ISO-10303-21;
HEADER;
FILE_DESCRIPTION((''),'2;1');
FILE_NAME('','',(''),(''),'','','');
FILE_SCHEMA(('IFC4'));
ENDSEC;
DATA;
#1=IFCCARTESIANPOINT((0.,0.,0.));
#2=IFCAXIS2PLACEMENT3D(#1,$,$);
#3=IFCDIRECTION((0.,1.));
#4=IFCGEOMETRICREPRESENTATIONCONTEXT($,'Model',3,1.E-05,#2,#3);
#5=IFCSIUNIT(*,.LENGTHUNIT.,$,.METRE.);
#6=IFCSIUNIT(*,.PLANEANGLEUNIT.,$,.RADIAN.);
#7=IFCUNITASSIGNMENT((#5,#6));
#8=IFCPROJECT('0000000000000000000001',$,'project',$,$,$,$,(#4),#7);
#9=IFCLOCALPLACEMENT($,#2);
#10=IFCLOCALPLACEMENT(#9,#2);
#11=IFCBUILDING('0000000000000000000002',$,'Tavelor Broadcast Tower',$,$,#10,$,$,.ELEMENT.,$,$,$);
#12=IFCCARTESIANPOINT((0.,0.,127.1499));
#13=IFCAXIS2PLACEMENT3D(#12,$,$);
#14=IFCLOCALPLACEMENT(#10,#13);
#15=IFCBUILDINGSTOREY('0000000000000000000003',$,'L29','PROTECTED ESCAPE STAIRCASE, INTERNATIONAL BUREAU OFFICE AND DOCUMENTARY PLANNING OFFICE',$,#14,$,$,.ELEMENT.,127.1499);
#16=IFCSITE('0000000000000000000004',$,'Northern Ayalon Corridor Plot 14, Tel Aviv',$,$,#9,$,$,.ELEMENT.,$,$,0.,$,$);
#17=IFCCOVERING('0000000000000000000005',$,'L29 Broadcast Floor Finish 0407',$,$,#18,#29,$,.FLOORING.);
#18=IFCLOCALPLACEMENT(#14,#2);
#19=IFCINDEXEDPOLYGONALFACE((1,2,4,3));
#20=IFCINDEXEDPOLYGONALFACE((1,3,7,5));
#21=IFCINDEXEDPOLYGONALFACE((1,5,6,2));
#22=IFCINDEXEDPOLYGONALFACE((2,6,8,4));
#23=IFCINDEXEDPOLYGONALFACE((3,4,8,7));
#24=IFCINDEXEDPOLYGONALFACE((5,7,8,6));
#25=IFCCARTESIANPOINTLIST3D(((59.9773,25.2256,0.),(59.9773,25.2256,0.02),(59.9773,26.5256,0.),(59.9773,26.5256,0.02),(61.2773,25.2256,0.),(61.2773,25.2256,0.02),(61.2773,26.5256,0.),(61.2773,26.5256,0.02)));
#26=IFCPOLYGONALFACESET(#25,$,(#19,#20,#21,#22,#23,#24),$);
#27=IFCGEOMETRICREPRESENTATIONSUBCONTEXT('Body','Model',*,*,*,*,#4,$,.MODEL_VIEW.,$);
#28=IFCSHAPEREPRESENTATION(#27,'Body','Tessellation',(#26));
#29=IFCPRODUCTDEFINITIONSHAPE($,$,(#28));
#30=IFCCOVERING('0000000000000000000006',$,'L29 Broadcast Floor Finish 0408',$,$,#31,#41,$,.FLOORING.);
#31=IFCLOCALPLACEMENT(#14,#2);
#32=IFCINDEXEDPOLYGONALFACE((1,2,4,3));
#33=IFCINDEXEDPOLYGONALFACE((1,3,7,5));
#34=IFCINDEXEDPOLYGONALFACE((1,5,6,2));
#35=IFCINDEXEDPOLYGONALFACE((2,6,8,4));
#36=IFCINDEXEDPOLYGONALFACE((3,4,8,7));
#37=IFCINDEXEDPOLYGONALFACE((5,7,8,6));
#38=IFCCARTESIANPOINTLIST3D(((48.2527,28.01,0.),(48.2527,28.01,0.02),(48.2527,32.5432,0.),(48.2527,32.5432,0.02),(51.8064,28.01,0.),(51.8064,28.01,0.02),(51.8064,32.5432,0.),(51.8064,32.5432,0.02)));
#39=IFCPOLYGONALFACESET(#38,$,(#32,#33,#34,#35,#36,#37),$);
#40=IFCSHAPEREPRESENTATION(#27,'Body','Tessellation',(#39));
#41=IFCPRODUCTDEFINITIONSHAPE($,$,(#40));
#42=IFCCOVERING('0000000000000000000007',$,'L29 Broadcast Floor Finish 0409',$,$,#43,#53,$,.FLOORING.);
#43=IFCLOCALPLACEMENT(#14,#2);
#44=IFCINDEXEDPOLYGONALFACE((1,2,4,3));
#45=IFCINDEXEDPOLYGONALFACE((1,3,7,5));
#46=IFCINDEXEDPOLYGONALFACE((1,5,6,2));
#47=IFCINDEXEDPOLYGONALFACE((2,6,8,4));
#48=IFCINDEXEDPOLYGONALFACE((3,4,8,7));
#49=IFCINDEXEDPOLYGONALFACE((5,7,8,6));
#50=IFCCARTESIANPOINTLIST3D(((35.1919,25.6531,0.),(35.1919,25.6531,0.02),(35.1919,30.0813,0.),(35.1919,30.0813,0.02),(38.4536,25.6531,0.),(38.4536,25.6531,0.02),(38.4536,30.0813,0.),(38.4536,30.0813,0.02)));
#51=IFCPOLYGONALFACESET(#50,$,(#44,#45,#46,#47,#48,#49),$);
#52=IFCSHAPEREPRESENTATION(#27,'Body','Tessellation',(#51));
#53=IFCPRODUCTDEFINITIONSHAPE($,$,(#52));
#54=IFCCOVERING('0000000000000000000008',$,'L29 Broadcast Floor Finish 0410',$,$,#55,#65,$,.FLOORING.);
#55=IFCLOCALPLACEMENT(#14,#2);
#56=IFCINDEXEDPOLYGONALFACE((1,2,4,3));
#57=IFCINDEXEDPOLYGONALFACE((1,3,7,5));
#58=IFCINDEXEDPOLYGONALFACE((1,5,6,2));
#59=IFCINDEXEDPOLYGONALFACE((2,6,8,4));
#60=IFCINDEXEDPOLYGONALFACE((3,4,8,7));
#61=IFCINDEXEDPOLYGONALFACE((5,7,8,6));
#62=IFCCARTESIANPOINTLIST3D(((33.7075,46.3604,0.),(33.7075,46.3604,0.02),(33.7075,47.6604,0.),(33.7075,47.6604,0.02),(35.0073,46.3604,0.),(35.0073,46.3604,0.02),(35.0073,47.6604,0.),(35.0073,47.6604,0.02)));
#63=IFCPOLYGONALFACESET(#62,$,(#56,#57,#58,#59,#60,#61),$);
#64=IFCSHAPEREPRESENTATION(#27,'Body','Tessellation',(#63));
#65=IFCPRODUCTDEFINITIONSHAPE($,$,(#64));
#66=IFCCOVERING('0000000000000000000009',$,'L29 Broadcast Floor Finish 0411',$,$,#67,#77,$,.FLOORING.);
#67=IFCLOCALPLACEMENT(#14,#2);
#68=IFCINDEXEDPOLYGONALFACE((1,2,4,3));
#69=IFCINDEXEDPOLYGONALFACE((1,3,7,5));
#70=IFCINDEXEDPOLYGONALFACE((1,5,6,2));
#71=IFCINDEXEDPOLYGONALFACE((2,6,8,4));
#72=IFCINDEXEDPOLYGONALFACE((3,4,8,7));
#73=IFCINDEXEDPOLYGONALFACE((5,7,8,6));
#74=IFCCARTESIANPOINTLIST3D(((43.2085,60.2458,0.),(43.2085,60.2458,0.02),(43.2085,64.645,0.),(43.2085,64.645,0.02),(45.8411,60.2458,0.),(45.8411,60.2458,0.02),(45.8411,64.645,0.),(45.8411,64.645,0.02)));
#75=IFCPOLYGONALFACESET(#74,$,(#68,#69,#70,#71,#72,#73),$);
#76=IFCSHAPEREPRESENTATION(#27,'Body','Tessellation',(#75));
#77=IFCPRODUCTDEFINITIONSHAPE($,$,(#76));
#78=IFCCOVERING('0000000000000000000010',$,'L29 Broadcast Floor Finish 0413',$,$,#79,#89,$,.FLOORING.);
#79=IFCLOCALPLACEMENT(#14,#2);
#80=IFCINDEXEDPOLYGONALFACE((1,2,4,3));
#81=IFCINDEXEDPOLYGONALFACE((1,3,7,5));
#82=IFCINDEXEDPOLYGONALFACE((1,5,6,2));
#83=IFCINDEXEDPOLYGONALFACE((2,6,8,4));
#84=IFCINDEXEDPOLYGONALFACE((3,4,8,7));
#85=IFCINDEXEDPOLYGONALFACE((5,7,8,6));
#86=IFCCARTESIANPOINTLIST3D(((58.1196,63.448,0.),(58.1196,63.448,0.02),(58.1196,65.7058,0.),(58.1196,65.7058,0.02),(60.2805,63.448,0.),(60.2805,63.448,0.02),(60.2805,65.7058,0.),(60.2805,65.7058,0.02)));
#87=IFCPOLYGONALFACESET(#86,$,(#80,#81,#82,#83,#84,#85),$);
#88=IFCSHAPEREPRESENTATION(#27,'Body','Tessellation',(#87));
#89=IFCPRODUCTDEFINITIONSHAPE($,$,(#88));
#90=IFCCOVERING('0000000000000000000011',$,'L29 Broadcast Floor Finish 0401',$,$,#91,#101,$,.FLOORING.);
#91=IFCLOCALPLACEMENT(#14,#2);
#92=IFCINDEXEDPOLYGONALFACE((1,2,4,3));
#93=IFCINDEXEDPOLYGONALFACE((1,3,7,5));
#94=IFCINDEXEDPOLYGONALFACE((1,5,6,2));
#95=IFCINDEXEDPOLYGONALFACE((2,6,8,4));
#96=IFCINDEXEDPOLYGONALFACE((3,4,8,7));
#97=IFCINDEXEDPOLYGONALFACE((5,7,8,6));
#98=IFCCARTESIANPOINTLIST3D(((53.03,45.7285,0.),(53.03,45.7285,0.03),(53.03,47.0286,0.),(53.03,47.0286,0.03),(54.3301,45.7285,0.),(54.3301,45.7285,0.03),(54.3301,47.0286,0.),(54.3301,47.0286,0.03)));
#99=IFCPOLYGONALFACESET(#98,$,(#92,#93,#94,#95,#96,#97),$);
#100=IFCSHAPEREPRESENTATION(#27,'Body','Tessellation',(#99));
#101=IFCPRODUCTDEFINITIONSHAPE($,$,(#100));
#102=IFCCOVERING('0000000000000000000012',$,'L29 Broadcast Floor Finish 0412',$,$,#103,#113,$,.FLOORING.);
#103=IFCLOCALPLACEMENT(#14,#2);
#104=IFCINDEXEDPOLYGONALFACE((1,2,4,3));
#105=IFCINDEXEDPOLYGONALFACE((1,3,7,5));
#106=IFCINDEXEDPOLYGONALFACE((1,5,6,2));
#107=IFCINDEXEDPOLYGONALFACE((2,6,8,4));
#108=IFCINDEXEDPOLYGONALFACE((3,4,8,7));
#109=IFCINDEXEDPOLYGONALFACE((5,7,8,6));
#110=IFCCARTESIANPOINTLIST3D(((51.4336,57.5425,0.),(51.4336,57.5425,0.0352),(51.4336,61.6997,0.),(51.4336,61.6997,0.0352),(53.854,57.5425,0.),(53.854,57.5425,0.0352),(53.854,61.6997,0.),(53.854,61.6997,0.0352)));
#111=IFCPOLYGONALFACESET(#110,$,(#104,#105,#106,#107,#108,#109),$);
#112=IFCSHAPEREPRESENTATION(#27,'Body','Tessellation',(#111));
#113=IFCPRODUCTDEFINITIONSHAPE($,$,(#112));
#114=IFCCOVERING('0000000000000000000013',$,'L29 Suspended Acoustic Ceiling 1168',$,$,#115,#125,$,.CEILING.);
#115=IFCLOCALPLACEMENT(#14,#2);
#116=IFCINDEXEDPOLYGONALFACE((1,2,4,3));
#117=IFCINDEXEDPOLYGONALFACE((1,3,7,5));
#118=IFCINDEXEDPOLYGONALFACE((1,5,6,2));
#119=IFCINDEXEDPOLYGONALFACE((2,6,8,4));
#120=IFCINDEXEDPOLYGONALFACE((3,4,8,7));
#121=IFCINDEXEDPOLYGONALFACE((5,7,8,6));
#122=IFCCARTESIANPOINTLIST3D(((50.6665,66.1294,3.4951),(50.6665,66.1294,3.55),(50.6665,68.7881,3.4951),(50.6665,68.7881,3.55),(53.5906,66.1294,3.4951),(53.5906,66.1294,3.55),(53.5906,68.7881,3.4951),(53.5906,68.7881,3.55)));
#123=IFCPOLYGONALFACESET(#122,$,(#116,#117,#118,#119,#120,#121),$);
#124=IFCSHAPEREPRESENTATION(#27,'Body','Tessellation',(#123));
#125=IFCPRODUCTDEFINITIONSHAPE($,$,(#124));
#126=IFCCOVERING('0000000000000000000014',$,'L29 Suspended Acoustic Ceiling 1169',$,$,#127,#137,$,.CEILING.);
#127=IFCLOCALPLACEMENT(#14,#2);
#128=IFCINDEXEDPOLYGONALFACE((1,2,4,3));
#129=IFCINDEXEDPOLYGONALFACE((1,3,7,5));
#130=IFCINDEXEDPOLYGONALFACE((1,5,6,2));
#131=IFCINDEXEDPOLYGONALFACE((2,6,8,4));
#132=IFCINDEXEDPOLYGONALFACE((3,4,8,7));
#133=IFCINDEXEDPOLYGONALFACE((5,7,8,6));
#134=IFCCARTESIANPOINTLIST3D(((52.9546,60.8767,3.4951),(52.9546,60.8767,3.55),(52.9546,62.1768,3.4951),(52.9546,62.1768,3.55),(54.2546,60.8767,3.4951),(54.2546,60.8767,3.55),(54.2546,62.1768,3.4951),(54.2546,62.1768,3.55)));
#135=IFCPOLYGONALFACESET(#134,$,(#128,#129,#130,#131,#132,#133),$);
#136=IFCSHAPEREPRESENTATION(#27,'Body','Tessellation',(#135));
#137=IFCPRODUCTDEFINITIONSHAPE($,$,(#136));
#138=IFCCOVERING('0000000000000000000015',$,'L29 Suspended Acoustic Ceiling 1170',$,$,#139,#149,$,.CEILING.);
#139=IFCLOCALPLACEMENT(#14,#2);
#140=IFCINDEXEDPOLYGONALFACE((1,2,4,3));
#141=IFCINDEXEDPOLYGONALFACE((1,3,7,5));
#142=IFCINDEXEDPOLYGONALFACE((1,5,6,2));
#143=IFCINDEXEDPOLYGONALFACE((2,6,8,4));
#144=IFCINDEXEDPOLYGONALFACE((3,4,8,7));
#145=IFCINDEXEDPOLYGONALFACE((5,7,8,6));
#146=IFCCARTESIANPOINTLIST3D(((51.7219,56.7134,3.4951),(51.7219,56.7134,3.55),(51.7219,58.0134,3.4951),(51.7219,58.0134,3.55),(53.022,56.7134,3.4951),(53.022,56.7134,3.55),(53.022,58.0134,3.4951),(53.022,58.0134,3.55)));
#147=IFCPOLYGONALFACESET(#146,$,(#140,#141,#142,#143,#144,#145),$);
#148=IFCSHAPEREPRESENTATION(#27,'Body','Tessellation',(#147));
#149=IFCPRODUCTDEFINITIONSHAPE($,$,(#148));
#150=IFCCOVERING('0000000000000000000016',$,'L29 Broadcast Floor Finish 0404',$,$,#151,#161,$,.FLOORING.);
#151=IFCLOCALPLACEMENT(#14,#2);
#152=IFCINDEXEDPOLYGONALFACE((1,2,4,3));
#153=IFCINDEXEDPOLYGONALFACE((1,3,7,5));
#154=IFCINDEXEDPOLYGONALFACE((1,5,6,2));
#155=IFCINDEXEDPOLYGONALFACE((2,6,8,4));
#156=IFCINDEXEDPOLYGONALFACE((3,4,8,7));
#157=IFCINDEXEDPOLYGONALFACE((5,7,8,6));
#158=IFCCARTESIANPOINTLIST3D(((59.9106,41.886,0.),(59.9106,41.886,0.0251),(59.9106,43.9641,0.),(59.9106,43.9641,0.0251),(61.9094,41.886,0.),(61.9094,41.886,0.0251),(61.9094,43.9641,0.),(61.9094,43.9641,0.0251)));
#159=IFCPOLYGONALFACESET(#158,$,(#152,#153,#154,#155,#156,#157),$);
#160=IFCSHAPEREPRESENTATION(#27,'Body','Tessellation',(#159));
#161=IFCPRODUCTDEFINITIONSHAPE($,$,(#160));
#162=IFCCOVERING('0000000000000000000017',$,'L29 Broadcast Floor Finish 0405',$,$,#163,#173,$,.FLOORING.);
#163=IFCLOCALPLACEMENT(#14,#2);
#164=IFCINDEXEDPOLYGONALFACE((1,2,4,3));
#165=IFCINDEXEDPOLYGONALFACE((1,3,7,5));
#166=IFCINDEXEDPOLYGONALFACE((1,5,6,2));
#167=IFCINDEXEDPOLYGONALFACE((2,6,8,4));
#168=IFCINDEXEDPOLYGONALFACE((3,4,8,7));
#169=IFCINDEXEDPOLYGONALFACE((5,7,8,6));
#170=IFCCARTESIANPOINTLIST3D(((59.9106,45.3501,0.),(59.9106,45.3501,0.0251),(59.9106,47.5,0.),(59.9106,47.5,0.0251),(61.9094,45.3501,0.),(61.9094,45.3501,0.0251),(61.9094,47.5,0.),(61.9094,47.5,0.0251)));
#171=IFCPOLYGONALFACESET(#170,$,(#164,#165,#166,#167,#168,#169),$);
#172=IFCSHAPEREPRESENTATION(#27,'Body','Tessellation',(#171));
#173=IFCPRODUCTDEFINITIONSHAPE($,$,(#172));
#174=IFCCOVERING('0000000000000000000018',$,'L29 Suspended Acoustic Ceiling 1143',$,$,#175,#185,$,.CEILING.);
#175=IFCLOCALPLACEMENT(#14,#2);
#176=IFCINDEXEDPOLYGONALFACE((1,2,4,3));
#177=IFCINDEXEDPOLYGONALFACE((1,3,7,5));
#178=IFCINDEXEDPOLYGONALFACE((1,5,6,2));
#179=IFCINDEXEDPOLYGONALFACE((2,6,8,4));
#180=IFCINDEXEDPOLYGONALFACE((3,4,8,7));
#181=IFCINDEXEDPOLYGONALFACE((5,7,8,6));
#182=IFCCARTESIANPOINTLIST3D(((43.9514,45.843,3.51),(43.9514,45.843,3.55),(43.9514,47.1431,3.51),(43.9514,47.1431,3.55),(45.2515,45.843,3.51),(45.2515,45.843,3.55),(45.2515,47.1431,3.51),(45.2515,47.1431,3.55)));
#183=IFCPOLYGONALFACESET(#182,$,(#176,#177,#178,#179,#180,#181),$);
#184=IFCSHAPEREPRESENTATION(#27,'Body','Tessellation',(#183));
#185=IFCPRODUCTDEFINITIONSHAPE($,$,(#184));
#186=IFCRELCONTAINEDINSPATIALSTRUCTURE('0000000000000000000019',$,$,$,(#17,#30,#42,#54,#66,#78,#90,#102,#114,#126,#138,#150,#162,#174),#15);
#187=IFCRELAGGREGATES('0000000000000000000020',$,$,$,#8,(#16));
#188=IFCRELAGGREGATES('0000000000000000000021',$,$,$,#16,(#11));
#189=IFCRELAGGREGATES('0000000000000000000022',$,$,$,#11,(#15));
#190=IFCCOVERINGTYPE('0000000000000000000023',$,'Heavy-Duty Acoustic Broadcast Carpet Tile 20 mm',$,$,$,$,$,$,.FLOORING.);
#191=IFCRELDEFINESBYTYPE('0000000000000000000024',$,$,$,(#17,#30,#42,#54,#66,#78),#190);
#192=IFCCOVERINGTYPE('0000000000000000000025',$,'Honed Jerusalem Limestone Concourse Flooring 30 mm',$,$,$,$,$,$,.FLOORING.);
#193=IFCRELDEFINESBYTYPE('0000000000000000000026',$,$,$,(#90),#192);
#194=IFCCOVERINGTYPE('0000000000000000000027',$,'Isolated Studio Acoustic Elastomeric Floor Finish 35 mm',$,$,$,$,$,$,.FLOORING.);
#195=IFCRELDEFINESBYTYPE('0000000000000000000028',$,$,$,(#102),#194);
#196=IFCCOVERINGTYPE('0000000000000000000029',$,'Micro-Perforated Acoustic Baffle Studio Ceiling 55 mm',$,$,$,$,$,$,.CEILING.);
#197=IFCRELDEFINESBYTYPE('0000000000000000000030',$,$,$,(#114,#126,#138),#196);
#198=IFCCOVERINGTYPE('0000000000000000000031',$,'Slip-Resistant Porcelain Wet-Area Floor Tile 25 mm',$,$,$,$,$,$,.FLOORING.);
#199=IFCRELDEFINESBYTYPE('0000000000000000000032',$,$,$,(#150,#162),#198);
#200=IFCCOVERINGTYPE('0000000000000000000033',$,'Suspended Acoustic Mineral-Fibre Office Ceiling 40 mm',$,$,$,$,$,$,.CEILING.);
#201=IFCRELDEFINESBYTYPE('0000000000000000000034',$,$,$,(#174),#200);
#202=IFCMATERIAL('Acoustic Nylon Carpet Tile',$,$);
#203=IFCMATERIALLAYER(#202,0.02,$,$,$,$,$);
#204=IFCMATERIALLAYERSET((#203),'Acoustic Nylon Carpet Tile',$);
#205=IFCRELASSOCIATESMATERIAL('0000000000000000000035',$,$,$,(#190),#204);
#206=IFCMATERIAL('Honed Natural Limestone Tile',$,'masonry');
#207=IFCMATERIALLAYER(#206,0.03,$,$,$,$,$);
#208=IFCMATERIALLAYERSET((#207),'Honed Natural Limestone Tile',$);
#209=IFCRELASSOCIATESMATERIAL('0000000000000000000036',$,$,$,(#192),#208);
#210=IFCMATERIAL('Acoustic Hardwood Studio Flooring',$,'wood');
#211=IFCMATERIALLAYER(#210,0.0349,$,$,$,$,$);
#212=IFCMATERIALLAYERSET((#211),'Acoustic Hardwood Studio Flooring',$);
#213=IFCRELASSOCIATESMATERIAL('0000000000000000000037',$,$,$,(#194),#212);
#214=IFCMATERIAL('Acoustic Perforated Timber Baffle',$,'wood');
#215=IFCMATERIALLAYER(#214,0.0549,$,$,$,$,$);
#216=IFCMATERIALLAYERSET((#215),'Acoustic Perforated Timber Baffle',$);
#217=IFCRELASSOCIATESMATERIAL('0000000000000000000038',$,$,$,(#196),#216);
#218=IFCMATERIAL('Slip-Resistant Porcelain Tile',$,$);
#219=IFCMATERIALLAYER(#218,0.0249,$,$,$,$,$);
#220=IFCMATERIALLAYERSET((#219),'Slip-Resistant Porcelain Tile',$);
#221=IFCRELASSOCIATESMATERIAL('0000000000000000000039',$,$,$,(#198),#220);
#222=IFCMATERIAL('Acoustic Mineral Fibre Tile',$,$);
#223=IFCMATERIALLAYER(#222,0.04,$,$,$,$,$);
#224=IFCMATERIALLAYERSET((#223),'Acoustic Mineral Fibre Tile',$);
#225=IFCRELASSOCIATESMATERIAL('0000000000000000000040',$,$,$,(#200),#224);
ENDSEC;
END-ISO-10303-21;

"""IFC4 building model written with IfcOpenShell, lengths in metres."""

from ifc_helpers import new_model, si_unit, direction, frame, origin, place, context, subcontext, project, spatial, polyline, outline, extrude, material, layer, layer_set, type_object, element, save


model = new_model("IFC4")

# Units and contexts
model_context = context("Model", 3, precision=1e-05, world=origin(), true_north=direction((0.0, 1.0)))
body_context = subcontext(model_context, "Body", "Model", "MODEL_VIEW")
ifc_project = project(units=[si_unit("LENGTHUNIT", "METRE"), si_unit("PLANEANGLEUNIT", "RADIAN")], contexts=[model_context])

# Site, building, storey
site_placement = place(None, origin())
site = spatial("IfcSite", under=ifc_project, at=site_placement, Name="Northern Ayalon Corridor Plot 14, Tel Aviv", CompositionType="ELEMENT", RefElevation=0.0)
building_placement = place(site_placement, origin())
building = spatial("IfcBuilding", under=site, at=building_placement, Name="Tavelor Broadcast Tower", CompositionType="ELEMENT")
storey_placement = place(building_placement, frame((0.0, 0.0, 127.1499)))
storey = spatial("IfcBuildingStorey", under=building, at=storey_placement, Name="L29", Description="PROTECTED ESCAPE STAIRCASE, INTERNATIONAL BUREAU OFFICE AND DOCUMENTARY PLANNING OFFICE", CompositionType="ELEMENT", Elevation=127.1499)

# Coverings
ifc_material_1 = material(Name="Acoustic Nylon Carpet Tile")
ifc_layer_1 = layer(ifc_material_1, 0.02)
ifc_layer_set_1 = layer_set([ifc_layer_1], Name="Acoustic Nylon Carpet Tile")
covering_type_1 = type_object("IfcCoveringType", Name="Heavy-Duty Acoustic Broadcast Carpet Tile 20 mm", PredefinedType="FLOORING", material=ifc_layer_set_1)
covering_1_placement = place(storey_placement, origin())
element("IfcCovering", 1, at=covering_1_placement, inside=storey, type_object=covering_type_1, Name="L29 Broadcast Floor Finish 0407", PredefinedType="FLOORING", context=body_context, shape_type="SweptSolid", body=[
    extrude(outline(polyline([(59.9773, 25.2256), (61.2773, 25.2256), (61.2773, 26.5256), (59.9773, 26.5256), (59.9773, 25.2256)])), origin(), (0.0, 0.0, 1.0), 0.02),
])
covering_2_placement = place(storey_placement, origin())
element("IfcCovering", 2, at=covering_2_placement, inside=storey, type_object=covering_type_1, Name="L29 Broadcast Floor Finish 0408", PredefinedType="FLOORING", context=body_context, shape_type="SweptSolid", body=[
    extrude(outline(polyline([(48.2527, 28.01), (51.8064, 28.01), (51.8064, 32.5432), (48.2527, 32.5432), (48.2527, 28.01)])), origin(), (0.0, 0.0, 1.0), 0.02),
])
covering_3_placement = place(storey_placement, origin())
element("IfcCovering", 3, at=covering_3_placement, inside=storey, type_object=covering_type_1, Name="L29 Broadcast Floor Finish 0409", PredefinedType="FLOORING", context=body_context, shape_type="SweptSolid", body=[
    extrude(outline(polyline([(35.1919, 25.6531), (38.4536, 25.6531), (38.4536, 30.0813), (35.1919, 30.0813), (35.1919, 25.6531)])), origin(), (0.0, 0.0, 1.0), 0.02),
])
covering_4_placement = place(storey_placement, origin())
element("IfcCovering", 4, at=covering_4_placement, inside=storey, type_object=covering_type_1, Name="L29 Broadcast Floor Finish 0410", PredefinedType="FLOORING", context=body_context, shape_type="SweptSolid", body=[
    extrude(outline(polyline([(33.7075, 46.3604), (35.0073, 46.3604), (35.0073, 47.6604), (33.7075, 47.6604), (33.7075, 46.3604)])), origin(), (0.0, 0.0, 1.0), 0.02),
])
covering_5_placement = place(storey_placement, origin())
element("IfcCovering", 5, at=covering_5_placement, inside=storey, type_object=covering_type_1, Name="L29 Broadcast Floor Finish 0411", PredefinedType="FLOORING", context=body_context, shape_type="SweptSolid", body=[
    extrude(outline(polyline([(43.2085, 60.2458), (45.8411, 60.2458), (45.8411, 64.645), (43.2085, 64.645), (43.2085, 60.2458)])), origin(), (0.0, 0.0, 1.0), 0.02),
])
covering_6_placement = place(storey_placement, origin())
element("IfcCovering", 6, at=covering_6_placement, inside=storey, type_object=covering_type_1, Name="L29 Broadcast Floor Finish 0413", PredefinedType="FLOORING", context=body_context, shape_type="SweptSolid", body=[
    extrude(outline(polyline([(58.1196, 63.448), (60.2805, 63.448), (60.2805, 65.7058), (58.1196, 65.7058), (58.1196, 63.448)])), origin(), (0.0, 0.0, 1.0), 0.02),
])
ifc_material_2 = material(Name="Honed Natural Limestone Tile", Category="masonry")
ifc_layer_2 = layer(ifc_material_2, 0.03)
ifc_layer_set_2 = layer_set([ifc_layer_2], Name="Honed Natural Limestone Tile")
covering_type_2 = type_object("IfcCoveringType", Name="Honed Jerusalem Limestone Concourse Flooring 30 mm", PredefinedType="FLOORING", material=ifc_layer_set_2)
covering_7_placement = place(storey_placement, origin())
element("IfcCovering", 7, at=covering_7_placement, inside=storey, type_object=covering_type_2, Name="L29 Broadcast Floor Finish 0401", PredefinedType="FLOORING", context=body_context, shape_type="SweptSolid", body=[
    extrude(outline(polyline([(53.03, 45.7285), (54.3301, 45.7285), (54.3301, 47.0286), (53.03, 47.0286), (53.03, 45.7285)])), origin(), (0.0, 0.0, 1.0), 0.03),
])
ifc_material_3 = material(Name="Acoustic Hardwood Studio Flooring", Category="wood")
ifc_layer_3 = layer(ifc_material_3, 0.0349)
ifc_layer_set_3 = layer_set([ifc_layer_3], Name="Acoustic Hardwood Studio Flooring")
covering_type_3 = type_object("IfcCoveringType", Name="Isolated Studio Acoustic Elastomeric Floor Finish 35 mm", PredefinedType="FLOORING", material=ifc_layer_set_3)
covering_8_placement = place(storey_placement, origin())
element("IfcCovering", 8, at=covering_8_placement, inside=storey, type_object=covering_type_3, Name="L29 Broadcast Floor Finish 0412", PredefinedType="FLOORING", context=body_context, shape_type="SweptSolid", body=[
    extrude(outline(polyline([(51.4336, 57.5425), (53.854, 57.5425), (53.854, 61.6997), (51.4336, 61.6997), (51.4336, 57.5425)])), origin(), (0.0, 0.0, 1.0), 0.0352),
])
ifc_material_4 = material(Name="Acoustic Perforated Timber Baffle", Category="wood")
ifc_layer_4 = layer(ifc_material_4, 0.0549)
ifc_layer_set_4 = layer_set([ifc_layer_4], Name="Acoustic Perforated Timber Baffle")
covering_type_4 = type_object("IfcCoveringType", Name="Micro-Perforated Acoustic Baffle Studio Ceiling 55 mm", PredefinedType="CEILING", material=ifc_layer_set_4)
covering_9_placement = place(storey_placement, frame((0.0, 0.0, 3.4951)))
element("IfcCovering", 9, at=covering_9_placement, inside=storey, type_object=covering_type_4, Name="L29 Suspended Acoustic Ceiling 1168", PredefinedType="CEILING", context=body_context, shape_type="SweptSolid", body=[
    extrude(outline(polyline([(50.6665, 66.1294), (53.5906, 66.1294), (53.5906, 68.7881), (50.6665, 68.7881), (50.6665, 66.1294)])), origin(), (0.0, 0.0, 1.0), 0.0549),
])
covering_10_placement = place(storey_placement, frame((0.0, 0.0, 3.4951)))
element("IfcCovering", 10, at=covering_10_placement, inside=storey, type_object=covering_type_4, Name="L29 Suspended Acoustic Ceiling 1169", PredefinedType="CEILING", context=body_context, shape_type="SweptSolid", body=[
    extrude(outline(polyline([(52.9546, 60.8767), (54.2546, 60.8767), (54.2546, 62.1768), (52.9546, 62.1768), (52.9546, 60.8767)])), origin(), (0.0, 0.0, 1.0), 0.0549),
])
covering_11_placement = place(storey_placement, frame((0.0, 0.0, 3.4951)))
element("IfcCovering", 11, at=covering_11_placement, inside=storey, type_object=covering_type_4, Name="L29 Suspended Acoustic Ceiling 1170", PredefinedType="CEILING", context=body_context, shape_type="SweptSolid", body=[
    extrude(outline(polyline([(51.7219, 56.7134), (53.022, 56.7134), (53.022, 58.0134), (51.7219, 58.0134), (51.7219, 56.7134)])), origin(), (0.0, 0.0, 1.0), 0.0549),
])
ifc_material_5 = material(Name="Slip-Resistant Porcelain Tile")
ifc_layer_5 = layer(ifc_material_5, 0.0249)
ifc_layer_set_5 = layer_set([ifc_layer_5], Name="Slip-Resistant Porcelain Tile")
covering_type_5 = type_object("IfcCoveringType", Name="Slip-Resistant Porcelain Wet-Area Floor Tile 25 mm", PredefinedType="FLOORING", material=ifc_layer_set_5)
covering_12_placement = place(storey_placement, origin())
element("IfcCovering", 12, at=covering_12_placement, inside=storey, type_object=covering_type_5, Name="L29 Broadcast Floor Finish 0404", PredefinedType="FLOORING", context=body_context, shape_type="SweptSolid", body=[
    extrude(outline(polyline([(59.9106, 41.886), (61.9094, 41.886), (61.9094, 43.9641), (59.9106, 43.9641), (59.9106, 41.886)])), origin(), (0.0, 0.0, 1.0), 0.0251),
])
covering_13_placement = place(storey_placement, origin())
element("IfcCovering", 13, at=covering_13_placement, inside=storey, type_object=covering_type_5, Name="L29 Broadcast Floor Finish 0405", PredefinedType="FLOORING", context=body_context, shape_type="SweptSolid", body=[
    extrude(outline(polyline([(59.9106, 45.3501), (61.9094, 45.3501), (61.9094, 47.5), (59.9106, 47.5), (59.9106, 45.3501)])), origin(), (0.0, 0.0, 1.0), 0.0251),
])
ifc_material_6 = material(Name="Acoustic Mineral Fibre Tile")
ifc_layer_6 = layer(ifc_material_6, 0.04)
ifc_layer_set_6 = layer_set([ifc_layer_6], Name="Acoustic Mineral Fibre Tile")
covering_type_6 = type_object("IfcCoveringType", Name="Suspended Acoustic Mineral-Fibre Office Ceiling 40 mm", PredefinedType="CEILING", material=ifc_layer_set_6)
covering_14_placement = place(storey_placement, frame((0.0, 0.0, 3.51)))
element("IfcCovering", 14, at=covering_14_placement, inside=storey, type_object=covering_type_6, Name="L29 Suspended Acoustic Ceiling 1143", PredefinedType="CEILING", context=body_context, shape_type="SweptSolid", body=[
    extrude(outline(polyline([(43.9514, 45.843), (45.2515, 45.843), (45.2515, 47.1431), (43.9514, 47.1431), (43.9514, 45.843)])), origin(), (0.0, 0.0, 1.0), 0.04),
])

save(model, "model.ifc")
